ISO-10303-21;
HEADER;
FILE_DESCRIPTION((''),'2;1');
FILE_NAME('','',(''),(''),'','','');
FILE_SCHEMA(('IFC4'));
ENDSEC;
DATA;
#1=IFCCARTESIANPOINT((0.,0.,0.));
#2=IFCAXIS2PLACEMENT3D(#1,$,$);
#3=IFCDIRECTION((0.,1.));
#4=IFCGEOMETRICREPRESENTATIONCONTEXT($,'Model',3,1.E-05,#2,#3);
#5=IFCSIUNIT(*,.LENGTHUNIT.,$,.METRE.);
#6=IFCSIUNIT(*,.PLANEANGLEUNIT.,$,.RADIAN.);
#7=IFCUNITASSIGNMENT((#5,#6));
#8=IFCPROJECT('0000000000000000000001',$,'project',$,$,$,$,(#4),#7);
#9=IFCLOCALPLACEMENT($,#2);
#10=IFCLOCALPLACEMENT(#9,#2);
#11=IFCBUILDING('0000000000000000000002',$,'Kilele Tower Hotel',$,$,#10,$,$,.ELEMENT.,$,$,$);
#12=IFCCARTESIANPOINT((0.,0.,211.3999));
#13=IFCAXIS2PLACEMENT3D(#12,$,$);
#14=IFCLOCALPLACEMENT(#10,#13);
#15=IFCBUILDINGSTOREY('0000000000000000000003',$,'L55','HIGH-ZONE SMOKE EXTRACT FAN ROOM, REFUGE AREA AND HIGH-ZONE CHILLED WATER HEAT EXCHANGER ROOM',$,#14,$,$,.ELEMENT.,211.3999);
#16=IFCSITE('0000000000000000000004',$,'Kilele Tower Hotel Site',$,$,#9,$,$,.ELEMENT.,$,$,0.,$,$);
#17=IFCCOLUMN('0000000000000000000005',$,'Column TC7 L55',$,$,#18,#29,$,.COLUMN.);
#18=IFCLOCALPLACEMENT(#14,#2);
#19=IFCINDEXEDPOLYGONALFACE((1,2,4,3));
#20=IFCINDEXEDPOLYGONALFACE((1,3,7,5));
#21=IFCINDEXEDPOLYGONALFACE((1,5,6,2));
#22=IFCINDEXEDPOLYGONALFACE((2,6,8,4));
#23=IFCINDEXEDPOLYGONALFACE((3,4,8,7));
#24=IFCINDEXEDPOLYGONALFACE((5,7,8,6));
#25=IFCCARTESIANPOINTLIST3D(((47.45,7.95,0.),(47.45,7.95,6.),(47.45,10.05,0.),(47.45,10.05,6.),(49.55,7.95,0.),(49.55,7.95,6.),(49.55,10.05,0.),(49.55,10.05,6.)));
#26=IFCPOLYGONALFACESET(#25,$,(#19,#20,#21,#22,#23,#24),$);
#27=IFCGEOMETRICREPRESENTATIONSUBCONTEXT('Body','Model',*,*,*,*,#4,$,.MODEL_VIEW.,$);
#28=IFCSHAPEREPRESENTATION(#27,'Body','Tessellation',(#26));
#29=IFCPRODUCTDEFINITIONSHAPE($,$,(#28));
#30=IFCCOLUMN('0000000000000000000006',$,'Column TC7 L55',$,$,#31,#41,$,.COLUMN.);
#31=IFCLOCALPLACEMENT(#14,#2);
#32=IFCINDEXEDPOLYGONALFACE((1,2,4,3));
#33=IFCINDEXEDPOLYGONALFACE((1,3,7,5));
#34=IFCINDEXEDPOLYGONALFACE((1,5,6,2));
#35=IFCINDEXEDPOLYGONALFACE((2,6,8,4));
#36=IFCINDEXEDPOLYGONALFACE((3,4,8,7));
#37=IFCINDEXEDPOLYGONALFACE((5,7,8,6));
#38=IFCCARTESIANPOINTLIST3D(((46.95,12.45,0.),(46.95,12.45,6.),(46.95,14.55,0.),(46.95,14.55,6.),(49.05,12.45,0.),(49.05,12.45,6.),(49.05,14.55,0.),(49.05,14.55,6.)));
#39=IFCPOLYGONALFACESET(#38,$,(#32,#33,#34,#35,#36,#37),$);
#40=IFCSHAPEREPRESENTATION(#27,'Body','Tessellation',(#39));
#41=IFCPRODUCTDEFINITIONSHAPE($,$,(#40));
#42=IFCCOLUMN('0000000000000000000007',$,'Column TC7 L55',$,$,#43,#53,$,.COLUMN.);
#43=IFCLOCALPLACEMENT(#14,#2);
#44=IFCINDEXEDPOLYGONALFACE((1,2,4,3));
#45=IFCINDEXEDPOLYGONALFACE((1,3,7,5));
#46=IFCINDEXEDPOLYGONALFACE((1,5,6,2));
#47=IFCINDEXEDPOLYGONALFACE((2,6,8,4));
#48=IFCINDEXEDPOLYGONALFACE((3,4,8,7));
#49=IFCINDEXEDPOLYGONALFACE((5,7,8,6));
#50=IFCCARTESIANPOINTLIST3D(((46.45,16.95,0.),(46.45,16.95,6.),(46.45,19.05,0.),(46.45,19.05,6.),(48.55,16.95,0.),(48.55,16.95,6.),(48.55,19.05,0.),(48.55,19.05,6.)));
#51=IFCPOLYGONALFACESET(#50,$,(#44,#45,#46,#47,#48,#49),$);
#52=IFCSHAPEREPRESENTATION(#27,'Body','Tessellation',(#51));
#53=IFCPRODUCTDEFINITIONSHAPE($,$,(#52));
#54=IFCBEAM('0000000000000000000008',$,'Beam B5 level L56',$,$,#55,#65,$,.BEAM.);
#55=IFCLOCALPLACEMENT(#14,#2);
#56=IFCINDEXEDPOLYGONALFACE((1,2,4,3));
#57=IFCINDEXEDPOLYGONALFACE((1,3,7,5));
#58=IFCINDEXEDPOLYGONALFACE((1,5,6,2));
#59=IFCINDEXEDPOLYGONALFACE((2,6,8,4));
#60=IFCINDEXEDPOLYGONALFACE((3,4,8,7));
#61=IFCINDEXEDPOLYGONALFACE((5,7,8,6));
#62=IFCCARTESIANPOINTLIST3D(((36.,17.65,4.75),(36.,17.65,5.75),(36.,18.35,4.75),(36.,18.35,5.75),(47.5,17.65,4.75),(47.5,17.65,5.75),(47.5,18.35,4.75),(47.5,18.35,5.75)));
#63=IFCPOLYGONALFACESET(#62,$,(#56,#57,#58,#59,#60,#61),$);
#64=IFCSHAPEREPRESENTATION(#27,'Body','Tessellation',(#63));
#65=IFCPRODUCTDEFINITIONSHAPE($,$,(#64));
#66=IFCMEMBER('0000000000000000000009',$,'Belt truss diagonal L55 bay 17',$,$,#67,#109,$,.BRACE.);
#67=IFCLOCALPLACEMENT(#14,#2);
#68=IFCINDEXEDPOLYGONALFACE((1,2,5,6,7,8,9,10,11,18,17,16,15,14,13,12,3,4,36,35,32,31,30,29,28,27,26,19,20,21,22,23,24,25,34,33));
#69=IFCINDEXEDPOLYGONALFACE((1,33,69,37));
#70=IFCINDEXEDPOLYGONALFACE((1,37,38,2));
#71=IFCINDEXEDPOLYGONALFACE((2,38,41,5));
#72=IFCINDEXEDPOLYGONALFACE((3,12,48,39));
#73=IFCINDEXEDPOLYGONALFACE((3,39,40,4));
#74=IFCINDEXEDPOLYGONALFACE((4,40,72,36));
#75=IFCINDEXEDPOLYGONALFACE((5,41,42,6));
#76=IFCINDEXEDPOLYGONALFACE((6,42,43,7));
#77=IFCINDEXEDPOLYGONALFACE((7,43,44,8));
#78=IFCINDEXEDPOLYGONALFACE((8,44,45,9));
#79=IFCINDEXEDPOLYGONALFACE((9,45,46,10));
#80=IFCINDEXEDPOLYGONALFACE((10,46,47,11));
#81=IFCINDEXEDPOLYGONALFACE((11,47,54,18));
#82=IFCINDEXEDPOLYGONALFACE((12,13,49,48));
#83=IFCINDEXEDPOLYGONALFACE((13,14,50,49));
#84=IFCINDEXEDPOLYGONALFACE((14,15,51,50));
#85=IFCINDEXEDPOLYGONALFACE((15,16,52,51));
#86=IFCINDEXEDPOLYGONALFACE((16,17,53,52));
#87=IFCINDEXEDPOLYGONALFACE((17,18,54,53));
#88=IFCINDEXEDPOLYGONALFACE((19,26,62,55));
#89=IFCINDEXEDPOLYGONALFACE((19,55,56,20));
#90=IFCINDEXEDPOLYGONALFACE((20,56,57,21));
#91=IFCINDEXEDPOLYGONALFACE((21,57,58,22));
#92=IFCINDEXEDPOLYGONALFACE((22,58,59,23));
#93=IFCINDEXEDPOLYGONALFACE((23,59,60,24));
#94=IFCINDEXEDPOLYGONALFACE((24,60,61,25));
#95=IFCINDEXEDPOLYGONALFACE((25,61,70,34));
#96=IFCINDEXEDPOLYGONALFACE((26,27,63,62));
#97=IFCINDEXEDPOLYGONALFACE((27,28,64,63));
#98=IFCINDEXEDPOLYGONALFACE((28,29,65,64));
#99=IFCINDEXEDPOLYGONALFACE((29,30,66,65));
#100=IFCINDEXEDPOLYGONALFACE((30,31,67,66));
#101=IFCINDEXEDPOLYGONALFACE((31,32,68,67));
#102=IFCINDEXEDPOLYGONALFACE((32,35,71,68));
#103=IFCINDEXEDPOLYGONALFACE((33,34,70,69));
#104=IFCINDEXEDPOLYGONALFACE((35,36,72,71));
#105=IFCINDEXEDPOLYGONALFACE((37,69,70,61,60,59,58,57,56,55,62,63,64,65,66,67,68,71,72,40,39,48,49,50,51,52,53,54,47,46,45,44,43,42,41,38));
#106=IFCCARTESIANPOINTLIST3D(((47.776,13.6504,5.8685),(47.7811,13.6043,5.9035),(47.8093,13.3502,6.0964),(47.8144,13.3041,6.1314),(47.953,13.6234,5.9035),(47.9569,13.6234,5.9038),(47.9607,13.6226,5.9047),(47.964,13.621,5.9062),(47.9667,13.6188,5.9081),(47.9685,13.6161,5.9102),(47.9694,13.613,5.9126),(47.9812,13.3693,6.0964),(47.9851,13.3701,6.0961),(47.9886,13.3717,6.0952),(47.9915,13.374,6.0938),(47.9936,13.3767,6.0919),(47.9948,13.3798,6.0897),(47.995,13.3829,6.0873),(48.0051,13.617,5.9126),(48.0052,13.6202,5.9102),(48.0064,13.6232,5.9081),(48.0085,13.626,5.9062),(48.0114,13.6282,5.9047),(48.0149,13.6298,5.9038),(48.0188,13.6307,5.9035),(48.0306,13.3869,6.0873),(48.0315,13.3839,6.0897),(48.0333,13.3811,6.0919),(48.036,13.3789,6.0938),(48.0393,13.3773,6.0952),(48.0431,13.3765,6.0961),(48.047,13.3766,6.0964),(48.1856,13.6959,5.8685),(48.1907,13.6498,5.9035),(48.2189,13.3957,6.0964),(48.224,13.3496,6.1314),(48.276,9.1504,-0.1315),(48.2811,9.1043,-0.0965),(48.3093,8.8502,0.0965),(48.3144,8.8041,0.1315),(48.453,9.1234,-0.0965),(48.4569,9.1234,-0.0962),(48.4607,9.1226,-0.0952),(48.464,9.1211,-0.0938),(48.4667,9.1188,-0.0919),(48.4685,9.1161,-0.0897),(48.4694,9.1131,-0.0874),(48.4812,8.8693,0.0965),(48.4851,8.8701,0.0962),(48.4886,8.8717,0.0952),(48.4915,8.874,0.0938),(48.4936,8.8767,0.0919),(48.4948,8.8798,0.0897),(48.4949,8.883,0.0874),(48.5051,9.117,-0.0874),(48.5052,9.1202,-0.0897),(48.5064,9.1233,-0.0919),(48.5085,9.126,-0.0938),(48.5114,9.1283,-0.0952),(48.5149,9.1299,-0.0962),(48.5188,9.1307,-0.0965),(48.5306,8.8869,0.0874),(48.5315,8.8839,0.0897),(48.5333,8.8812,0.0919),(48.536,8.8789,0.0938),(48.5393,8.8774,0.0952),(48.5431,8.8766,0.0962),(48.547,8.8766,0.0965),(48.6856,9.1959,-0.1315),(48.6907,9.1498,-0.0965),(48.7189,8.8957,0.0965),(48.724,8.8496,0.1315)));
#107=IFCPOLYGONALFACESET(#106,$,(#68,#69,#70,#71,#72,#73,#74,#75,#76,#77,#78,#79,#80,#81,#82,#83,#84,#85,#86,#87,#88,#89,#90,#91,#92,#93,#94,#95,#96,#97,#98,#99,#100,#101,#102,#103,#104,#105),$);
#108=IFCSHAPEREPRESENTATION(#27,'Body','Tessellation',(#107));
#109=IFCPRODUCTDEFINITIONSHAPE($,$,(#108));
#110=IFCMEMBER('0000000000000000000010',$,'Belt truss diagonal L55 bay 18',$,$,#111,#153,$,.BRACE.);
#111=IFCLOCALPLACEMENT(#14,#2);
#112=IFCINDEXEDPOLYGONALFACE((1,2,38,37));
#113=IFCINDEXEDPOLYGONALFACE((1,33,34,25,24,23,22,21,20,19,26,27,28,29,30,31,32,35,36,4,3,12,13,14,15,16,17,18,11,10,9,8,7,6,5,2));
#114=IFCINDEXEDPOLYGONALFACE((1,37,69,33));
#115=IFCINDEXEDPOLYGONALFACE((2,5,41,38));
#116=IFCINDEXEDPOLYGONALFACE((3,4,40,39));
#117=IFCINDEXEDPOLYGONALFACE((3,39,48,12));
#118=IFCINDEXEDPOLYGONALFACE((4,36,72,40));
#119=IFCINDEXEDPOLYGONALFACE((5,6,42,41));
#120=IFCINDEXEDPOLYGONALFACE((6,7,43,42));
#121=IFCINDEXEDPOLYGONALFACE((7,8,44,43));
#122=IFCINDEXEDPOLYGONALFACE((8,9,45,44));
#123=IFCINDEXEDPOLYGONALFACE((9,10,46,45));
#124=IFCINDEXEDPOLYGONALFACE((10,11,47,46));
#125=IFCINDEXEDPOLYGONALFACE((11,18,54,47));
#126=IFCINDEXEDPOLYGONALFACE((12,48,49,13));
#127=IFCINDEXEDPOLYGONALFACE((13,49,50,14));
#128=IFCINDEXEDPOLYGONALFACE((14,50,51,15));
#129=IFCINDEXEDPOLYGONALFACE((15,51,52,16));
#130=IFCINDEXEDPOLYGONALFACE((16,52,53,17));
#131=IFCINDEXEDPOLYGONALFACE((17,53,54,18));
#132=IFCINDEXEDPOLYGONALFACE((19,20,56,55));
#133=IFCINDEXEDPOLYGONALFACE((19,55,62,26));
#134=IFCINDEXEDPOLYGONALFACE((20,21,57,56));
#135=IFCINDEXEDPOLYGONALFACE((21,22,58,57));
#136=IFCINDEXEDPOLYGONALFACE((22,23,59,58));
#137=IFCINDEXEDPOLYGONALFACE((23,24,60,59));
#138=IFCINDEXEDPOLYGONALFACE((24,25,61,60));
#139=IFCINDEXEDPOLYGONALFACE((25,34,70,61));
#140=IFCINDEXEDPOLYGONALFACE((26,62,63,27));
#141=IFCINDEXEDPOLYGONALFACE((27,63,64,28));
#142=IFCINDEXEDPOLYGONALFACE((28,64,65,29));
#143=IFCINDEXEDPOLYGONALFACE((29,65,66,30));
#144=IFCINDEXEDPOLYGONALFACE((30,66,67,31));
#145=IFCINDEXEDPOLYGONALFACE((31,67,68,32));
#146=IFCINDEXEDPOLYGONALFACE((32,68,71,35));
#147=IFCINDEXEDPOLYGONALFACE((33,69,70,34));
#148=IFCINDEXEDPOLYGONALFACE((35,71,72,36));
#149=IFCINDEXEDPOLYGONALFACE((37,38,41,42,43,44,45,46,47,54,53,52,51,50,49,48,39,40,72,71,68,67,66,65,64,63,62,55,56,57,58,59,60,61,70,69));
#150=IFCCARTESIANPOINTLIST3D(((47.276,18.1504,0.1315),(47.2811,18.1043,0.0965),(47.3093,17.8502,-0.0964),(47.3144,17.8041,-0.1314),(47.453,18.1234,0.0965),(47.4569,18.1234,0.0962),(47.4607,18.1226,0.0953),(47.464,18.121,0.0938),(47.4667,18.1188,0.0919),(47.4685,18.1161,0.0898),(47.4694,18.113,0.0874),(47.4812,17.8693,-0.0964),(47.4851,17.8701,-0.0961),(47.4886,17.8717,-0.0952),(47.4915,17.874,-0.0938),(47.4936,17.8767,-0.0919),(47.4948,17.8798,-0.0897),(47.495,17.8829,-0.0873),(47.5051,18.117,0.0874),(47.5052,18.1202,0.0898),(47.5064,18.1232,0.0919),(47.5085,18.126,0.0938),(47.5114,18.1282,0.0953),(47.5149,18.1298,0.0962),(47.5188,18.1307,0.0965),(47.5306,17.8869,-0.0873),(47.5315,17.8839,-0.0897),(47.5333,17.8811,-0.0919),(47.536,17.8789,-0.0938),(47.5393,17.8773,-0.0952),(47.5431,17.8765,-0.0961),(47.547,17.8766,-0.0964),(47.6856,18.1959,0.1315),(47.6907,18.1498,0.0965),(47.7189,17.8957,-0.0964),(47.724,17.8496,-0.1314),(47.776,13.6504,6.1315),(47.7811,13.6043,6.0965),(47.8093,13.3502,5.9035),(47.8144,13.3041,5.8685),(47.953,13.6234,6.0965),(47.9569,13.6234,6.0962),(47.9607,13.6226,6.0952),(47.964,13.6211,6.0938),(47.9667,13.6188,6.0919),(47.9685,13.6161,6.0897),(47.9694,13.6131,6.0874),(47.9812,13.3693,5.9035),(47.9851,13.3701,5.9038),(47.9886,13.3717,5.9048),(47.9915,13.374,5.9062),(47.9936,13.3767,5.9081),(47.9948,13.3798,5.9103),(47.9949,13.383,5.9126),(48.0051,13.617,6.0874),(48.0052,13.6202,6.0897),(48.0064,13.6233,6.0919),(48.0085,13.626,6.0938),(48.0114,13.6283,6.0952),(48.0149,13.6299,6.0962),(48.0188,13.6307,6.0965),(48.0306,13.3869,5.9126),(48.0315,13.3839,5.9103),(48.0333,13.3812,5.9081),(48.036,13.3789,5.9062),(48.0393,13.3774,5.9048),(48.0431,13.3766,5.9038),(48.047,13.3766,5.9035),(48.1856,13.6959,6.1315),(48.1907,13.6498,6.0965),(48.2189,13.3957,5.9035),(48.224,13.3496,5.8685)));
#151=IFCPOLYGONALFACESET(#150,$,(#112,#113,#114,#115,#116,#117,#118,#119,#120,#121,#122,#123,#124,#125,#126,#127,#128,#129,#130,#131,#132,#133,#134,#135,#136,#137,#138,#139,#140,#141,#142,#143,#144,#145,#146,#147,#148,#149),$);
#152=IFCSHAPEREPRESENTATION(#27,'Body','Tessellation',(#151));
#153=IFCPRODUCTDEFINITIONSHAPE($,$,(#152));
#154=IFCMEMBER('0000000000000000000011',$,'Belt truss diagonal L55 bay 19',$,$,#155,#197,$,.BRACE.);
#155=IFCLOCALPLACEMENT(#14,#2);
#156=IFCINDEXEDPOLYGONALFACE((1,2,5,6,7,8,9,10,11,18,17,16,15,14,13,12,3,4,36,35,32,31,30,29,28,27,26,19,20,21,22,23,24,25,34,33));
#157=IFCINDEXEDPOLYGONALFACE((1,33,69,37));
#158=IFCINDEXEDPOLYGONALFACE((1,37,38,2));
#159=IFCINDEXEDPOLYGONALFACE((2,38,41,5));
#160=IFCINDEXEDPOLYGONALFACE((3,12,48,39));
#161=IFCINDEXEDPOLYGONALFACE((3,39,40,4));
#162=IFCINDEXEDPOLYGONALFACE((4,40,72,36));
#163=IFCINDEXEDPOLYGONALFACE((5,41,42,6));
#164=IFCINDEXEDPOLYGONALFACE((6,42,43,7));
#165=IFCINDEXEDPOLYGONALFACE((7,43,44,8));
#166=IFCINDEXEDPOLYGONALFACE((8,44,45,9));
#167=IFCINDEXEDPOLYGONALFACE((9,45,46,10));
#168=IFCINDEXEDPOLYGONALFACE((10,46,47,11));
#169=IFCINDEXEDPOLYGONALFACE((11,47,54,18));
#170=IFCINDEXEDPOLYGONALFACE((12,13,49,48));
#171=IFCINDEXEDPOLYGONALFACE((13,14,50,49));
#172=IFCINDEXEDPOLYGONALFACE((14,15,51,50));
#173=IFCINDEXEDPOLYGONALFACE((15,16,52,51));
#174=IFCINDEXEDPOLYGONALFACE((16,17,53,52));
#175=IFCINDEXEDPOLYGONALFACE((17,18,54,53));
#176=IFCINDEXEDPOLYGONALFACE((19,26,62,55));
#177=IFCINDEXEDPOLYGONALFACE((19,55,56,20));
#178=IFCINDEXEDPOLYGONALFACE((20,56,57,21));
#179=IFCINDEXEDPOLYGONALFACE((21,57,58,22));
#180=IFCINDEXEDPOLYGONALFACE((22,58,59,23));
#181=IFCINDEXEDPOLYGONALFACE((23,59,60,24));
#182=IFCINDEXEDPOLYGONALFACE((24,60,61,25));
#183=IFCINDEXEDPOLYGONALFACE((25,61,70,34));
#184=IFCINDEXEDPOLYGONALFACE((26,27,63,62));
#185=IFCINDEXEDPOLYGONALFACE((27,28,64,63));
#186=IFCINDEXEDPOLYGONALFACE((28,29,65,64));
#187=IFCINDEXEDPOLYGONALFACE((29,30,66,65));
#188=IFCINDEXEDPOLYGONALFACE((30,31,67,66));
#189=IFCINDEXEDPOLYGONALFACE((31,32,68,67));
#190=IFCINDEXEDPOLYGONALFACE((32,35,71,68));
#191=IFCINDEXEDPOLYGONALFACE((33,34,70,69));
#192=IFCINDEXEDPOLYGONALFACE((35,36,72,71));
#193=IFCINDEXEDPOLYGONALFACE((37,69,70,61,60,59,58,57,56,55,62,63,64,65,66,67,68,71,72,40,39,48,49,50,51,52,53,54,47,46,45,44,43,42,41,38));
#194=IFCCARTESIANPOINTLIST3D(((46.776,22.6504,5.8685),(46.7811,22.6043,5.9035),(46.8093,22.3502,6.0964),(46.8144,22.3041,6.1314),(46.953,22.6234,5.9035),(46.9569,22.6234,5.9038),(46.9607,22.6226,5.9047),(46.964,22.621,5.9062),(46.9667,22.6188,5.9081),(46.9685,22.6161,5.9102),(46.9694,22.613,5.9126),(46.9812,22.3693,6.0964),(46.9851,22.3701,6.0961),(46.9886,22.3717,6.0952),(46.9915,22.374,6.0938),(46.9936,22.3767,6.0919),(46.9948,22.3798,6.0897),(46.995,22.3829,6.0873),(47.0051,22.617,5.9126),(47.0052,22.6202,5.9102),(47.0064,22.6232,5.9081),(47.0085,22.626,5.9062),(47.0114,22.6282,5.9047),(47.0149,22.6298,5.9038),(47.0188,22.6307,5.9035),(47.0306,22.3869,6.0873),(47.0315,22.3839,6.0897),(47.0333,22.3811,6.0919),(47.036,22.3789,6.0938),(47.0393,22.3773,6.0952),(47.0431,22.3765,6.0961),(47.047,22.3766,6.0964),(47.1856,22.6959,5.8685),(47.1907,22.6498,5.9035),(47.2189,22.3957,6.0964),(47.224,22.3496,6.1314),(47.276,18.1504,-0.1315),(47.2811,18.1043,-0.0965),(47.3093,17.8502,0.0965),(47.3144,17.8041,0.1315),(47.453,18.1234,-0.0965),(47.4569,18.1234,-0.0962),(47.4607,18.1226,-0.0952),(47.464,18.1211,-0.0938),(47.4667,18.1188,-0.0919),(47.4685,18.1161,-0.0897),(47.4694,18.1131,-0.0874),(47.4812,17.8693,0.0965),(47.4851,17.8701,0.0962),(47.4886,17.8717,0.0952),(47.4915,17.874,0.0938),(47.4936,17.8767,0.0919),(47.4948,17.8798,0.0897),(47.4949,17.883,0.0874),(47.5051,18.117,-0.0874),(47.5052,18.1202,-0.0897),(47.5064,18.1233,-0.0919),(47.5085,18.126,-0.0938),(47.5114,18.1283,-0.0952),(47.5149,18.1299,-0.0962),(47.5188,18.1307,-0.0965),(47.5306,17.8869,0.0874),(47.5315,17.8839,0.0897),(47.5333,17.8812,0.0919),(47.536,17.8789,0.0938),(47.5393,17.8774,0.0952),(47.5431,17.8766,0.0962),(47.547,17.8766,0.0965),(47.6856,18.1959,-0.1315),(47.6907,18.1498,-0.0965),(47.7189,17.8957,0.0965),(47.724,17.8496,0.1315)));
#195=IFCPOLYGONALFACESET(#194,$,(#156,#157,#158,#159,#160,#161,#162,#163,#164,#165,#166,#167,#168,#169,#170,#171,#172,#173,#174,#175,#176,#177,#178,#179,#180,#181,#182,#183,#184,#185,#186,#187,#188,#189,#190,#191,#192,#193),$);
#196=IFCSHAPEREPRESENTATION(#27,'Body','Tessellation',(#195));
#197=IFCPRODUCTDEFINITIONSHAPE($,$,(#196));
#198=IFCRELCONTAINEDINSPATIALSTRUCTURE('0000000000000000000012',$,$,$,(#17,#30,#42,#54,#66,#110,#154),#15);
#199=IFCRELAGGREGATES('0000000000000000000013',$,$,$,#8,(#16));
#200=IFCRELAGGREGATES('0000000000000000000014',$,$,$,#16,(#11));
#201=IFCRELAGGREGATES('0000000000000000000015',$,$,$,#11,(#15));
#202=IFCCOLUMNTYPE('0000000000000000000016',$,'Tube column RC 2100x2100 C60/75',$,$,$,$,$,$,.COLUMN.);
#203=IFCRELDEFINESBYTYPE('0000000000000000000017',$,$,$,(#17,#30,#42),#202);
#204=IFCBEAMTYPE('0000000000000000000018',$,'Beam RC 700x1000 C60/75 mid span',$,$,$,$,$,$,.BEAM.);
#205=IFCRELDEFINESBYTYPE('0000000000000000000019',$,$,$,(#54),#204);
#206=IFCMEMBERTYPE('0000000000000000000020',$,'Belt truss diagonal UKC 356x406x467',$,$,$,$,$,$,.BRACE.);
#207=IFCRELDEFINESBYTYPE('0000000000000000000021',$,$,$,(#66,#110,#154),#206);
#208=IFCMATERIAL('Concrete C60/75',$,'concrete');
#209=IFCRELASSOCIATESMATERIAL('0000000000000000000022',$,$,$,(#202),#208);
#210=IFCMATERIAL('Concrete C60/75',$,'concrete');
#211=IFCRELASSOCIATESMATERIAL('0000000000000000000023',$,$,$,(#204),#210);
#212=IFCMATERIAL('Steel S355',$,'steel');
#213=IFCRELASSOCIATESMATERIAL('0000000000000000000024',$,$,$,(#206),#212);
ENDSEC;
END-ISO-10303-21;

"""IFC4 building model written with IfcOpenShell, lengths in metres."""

from ifc_helpers import new_model, si_unit, direction, frame, origin, origin_2d, place, context, subcontext, project, spatial, rectangle, i_section, extrude, material, material_profile, profile_set, type_object, element, save


model = new_model("IFC4")

# Units and contexts
model_context = context("Model", 3, precision=1e-05, world=origin(), true_north=direction((0.0, 1.0)))
body_context = subcontext(model_context, "Body", "Model", "MODEL_VIEW")
ifc_project = project(units=[si_unit("LENGTHUNIT", "METRE"), si_unit("PLANEANGLEUNIT", "RADIAN")], contexts=[model_context])

# Site, building, storey
site_placement = place(None, origin())
site = spatial("IfcSite", under=ifc_project, at=site_placement, Name="Kilele Tower Hotel Site", CompositionType="ELEMENT", RefElevation=0.0)
building_placement = place(site_placement, origin())
building = spatial("IfcBuilding", under=site, at=building_placement, Name="Kilele Tower Hotel", CompositionType="ELEMENT")
storey_placement = place(building_placement, frame((0.0, 0.0, 211.3999)))
storey = spatial("IfcBuildingStorey", under=building, at=storey_placement, Name="L55", Description="HIGH-ZONE SMOKE EXTRACT FAN ROOM, REFUGE AREA AND HIGH-ZONE CHILLED WATER HEAT EXCHANGER ROOM", CompositionType="ELEMENT", Elevation=211.3999)

# Columns
ifc_material_1 = material(Name="Concrete C60/75", Category="concrete")
ifc_material_profile_1 = material_profile(ifc_material_1, rectangle(XDim=2.1001, YDim=2.1001, at=origin_2d()))
ifc_profile_set_1 = profile_set([ifc_material_profile_1], Name="Concrete C60/75")
column_type = type_object("IfcColumnType", Name="Tube column RC 2100x2100 C60/75", PredefinedType="COLUMN", material=ifc_profile_set_1)
for number, where, z_axis, x_axis, name in (
    (1, (48.5, 9.0, 0.0), (0.0, 0.0, 1.0), (1.0, 0.0, 0.0), "Column TC7 L55"),
    (2, (48.0, 13.5, 0.0), (0.0, 0.0, 1.0), (1.0, 0.0, 0.0), "Column TC7 L55"),
    (3, (47.5, 18.0, 0.0), (0.0, 0.0, 1.0), (1.0, 0.0, 0.0), "Column TC7 L55"),
):
    element("IfcColumn", number, at=place(storey_placement, frame(where, z_axis=z_axis, x_axis=x_axis)), inside=storey, type_object=column_type, Name=name, PredefinedType="COLUMN", context=body_context, shape_type="SweptSolid", body=[
        extrude(rectangle(XDim=2.1001, YDim=2.1001, at=origin_2d()), origin(), (0.0, 0.0, 1.0), 6.0),
    ])

# Beam
ifc_material_2 = material(Name="Concrete C60/75", Category="concrete")
ifc_material_profile_2 = material_profile(ifc_material_2, rectangle(XDim=0.7, YDim=1.0, at=origin_2d()))
ifc_profile_set_2 = profile_set([ifc_material_profile_2], Name="Concrete C60/75")
beam_type_1 = type_object("IfcBeamType", Name="Beam RC 700x1000 C60/75 mid span", PredefinedType="BEAM", material=ifc_profile_set_2)
beam_1_placement = place(storey_placement, frame((47.5, 18.0, 5.25), z_axis=(-1.0, 0.0, 0.0), x_axis=(0.0, -1.0, 0.0)))
element("IfcBeam", 4, at=beam_1_placement, inside=storey, type_object=beam_type_1, Name="Beam B5 level L56", PredefinedType="BEAM", context=body_context, shape_type="SweptSolid", body=[
    extrude(rectangle(XDim=0.7, YDim=1.0, at=origin_2d()), origin(), (0.0, 0.0, 1.0), 11.5),
])

# Members
ifc_material_3 = material(Name="Steel S355", Category="steel")
ifc_material_profile_3 = material_profile(ifc_material_3, i_section(OverallWidth=0.4121, OverallDepth=0.4365, WebThickness=0.0359, FlangeThickness=0.0581, FilletRadius=0.0151, at=origin_2d()))
ifc_profile_set_3 = profile_set([ifc_material_profile_3], Name="Steel S355")
member_type = type_object("IfcMemberType", Name="Belt truss diagonal UKC 356x406x467", PredefinedType="BRACE", material=ifc_profile_set_3)
for number, where, z_axis, x_axis, name in (
    (5, (48.5, 9.0, 0.0), (-0.066519, 0.598671, 0.798228), (-0.993884, -0.110432, 0.0), "Belt truss diagonal L55 bay 17"),
    (6, (48.0, 13.5, 6.0), (-0.066519, 0.598671, -0.798228), (-0.993884, -0.110432, 0.0), "Belt truss diagonal L55 bay 18"),
    (7, (47.5, 18.0, 0.0), (-0.066519, 0.598671, 0.798228), (-0.993884, -0.110432, 0.0), "Belt truss diagonal L55 bay 19"),
):
    element("IfcMember", number, at=place(storey_placement, frame(where, z_axis=z_axis, x_axis=x_axis)), inside=storey, type_object=member_type, Name=name, PredefinedType="BRACE", context=body_context, shape_type="SweptSolid", body=[
        extrude(i_section(OverallWidth=0.4121, OverallDepth=0.4365, WebThickness=0.0359, FlangeThickness=0.0581, FilletRadius=0.0151, at=origin_2d()), origin(), (0.0, 0.0, 1.0), 7.5166),
    ])

save(model, "model.ifc")
